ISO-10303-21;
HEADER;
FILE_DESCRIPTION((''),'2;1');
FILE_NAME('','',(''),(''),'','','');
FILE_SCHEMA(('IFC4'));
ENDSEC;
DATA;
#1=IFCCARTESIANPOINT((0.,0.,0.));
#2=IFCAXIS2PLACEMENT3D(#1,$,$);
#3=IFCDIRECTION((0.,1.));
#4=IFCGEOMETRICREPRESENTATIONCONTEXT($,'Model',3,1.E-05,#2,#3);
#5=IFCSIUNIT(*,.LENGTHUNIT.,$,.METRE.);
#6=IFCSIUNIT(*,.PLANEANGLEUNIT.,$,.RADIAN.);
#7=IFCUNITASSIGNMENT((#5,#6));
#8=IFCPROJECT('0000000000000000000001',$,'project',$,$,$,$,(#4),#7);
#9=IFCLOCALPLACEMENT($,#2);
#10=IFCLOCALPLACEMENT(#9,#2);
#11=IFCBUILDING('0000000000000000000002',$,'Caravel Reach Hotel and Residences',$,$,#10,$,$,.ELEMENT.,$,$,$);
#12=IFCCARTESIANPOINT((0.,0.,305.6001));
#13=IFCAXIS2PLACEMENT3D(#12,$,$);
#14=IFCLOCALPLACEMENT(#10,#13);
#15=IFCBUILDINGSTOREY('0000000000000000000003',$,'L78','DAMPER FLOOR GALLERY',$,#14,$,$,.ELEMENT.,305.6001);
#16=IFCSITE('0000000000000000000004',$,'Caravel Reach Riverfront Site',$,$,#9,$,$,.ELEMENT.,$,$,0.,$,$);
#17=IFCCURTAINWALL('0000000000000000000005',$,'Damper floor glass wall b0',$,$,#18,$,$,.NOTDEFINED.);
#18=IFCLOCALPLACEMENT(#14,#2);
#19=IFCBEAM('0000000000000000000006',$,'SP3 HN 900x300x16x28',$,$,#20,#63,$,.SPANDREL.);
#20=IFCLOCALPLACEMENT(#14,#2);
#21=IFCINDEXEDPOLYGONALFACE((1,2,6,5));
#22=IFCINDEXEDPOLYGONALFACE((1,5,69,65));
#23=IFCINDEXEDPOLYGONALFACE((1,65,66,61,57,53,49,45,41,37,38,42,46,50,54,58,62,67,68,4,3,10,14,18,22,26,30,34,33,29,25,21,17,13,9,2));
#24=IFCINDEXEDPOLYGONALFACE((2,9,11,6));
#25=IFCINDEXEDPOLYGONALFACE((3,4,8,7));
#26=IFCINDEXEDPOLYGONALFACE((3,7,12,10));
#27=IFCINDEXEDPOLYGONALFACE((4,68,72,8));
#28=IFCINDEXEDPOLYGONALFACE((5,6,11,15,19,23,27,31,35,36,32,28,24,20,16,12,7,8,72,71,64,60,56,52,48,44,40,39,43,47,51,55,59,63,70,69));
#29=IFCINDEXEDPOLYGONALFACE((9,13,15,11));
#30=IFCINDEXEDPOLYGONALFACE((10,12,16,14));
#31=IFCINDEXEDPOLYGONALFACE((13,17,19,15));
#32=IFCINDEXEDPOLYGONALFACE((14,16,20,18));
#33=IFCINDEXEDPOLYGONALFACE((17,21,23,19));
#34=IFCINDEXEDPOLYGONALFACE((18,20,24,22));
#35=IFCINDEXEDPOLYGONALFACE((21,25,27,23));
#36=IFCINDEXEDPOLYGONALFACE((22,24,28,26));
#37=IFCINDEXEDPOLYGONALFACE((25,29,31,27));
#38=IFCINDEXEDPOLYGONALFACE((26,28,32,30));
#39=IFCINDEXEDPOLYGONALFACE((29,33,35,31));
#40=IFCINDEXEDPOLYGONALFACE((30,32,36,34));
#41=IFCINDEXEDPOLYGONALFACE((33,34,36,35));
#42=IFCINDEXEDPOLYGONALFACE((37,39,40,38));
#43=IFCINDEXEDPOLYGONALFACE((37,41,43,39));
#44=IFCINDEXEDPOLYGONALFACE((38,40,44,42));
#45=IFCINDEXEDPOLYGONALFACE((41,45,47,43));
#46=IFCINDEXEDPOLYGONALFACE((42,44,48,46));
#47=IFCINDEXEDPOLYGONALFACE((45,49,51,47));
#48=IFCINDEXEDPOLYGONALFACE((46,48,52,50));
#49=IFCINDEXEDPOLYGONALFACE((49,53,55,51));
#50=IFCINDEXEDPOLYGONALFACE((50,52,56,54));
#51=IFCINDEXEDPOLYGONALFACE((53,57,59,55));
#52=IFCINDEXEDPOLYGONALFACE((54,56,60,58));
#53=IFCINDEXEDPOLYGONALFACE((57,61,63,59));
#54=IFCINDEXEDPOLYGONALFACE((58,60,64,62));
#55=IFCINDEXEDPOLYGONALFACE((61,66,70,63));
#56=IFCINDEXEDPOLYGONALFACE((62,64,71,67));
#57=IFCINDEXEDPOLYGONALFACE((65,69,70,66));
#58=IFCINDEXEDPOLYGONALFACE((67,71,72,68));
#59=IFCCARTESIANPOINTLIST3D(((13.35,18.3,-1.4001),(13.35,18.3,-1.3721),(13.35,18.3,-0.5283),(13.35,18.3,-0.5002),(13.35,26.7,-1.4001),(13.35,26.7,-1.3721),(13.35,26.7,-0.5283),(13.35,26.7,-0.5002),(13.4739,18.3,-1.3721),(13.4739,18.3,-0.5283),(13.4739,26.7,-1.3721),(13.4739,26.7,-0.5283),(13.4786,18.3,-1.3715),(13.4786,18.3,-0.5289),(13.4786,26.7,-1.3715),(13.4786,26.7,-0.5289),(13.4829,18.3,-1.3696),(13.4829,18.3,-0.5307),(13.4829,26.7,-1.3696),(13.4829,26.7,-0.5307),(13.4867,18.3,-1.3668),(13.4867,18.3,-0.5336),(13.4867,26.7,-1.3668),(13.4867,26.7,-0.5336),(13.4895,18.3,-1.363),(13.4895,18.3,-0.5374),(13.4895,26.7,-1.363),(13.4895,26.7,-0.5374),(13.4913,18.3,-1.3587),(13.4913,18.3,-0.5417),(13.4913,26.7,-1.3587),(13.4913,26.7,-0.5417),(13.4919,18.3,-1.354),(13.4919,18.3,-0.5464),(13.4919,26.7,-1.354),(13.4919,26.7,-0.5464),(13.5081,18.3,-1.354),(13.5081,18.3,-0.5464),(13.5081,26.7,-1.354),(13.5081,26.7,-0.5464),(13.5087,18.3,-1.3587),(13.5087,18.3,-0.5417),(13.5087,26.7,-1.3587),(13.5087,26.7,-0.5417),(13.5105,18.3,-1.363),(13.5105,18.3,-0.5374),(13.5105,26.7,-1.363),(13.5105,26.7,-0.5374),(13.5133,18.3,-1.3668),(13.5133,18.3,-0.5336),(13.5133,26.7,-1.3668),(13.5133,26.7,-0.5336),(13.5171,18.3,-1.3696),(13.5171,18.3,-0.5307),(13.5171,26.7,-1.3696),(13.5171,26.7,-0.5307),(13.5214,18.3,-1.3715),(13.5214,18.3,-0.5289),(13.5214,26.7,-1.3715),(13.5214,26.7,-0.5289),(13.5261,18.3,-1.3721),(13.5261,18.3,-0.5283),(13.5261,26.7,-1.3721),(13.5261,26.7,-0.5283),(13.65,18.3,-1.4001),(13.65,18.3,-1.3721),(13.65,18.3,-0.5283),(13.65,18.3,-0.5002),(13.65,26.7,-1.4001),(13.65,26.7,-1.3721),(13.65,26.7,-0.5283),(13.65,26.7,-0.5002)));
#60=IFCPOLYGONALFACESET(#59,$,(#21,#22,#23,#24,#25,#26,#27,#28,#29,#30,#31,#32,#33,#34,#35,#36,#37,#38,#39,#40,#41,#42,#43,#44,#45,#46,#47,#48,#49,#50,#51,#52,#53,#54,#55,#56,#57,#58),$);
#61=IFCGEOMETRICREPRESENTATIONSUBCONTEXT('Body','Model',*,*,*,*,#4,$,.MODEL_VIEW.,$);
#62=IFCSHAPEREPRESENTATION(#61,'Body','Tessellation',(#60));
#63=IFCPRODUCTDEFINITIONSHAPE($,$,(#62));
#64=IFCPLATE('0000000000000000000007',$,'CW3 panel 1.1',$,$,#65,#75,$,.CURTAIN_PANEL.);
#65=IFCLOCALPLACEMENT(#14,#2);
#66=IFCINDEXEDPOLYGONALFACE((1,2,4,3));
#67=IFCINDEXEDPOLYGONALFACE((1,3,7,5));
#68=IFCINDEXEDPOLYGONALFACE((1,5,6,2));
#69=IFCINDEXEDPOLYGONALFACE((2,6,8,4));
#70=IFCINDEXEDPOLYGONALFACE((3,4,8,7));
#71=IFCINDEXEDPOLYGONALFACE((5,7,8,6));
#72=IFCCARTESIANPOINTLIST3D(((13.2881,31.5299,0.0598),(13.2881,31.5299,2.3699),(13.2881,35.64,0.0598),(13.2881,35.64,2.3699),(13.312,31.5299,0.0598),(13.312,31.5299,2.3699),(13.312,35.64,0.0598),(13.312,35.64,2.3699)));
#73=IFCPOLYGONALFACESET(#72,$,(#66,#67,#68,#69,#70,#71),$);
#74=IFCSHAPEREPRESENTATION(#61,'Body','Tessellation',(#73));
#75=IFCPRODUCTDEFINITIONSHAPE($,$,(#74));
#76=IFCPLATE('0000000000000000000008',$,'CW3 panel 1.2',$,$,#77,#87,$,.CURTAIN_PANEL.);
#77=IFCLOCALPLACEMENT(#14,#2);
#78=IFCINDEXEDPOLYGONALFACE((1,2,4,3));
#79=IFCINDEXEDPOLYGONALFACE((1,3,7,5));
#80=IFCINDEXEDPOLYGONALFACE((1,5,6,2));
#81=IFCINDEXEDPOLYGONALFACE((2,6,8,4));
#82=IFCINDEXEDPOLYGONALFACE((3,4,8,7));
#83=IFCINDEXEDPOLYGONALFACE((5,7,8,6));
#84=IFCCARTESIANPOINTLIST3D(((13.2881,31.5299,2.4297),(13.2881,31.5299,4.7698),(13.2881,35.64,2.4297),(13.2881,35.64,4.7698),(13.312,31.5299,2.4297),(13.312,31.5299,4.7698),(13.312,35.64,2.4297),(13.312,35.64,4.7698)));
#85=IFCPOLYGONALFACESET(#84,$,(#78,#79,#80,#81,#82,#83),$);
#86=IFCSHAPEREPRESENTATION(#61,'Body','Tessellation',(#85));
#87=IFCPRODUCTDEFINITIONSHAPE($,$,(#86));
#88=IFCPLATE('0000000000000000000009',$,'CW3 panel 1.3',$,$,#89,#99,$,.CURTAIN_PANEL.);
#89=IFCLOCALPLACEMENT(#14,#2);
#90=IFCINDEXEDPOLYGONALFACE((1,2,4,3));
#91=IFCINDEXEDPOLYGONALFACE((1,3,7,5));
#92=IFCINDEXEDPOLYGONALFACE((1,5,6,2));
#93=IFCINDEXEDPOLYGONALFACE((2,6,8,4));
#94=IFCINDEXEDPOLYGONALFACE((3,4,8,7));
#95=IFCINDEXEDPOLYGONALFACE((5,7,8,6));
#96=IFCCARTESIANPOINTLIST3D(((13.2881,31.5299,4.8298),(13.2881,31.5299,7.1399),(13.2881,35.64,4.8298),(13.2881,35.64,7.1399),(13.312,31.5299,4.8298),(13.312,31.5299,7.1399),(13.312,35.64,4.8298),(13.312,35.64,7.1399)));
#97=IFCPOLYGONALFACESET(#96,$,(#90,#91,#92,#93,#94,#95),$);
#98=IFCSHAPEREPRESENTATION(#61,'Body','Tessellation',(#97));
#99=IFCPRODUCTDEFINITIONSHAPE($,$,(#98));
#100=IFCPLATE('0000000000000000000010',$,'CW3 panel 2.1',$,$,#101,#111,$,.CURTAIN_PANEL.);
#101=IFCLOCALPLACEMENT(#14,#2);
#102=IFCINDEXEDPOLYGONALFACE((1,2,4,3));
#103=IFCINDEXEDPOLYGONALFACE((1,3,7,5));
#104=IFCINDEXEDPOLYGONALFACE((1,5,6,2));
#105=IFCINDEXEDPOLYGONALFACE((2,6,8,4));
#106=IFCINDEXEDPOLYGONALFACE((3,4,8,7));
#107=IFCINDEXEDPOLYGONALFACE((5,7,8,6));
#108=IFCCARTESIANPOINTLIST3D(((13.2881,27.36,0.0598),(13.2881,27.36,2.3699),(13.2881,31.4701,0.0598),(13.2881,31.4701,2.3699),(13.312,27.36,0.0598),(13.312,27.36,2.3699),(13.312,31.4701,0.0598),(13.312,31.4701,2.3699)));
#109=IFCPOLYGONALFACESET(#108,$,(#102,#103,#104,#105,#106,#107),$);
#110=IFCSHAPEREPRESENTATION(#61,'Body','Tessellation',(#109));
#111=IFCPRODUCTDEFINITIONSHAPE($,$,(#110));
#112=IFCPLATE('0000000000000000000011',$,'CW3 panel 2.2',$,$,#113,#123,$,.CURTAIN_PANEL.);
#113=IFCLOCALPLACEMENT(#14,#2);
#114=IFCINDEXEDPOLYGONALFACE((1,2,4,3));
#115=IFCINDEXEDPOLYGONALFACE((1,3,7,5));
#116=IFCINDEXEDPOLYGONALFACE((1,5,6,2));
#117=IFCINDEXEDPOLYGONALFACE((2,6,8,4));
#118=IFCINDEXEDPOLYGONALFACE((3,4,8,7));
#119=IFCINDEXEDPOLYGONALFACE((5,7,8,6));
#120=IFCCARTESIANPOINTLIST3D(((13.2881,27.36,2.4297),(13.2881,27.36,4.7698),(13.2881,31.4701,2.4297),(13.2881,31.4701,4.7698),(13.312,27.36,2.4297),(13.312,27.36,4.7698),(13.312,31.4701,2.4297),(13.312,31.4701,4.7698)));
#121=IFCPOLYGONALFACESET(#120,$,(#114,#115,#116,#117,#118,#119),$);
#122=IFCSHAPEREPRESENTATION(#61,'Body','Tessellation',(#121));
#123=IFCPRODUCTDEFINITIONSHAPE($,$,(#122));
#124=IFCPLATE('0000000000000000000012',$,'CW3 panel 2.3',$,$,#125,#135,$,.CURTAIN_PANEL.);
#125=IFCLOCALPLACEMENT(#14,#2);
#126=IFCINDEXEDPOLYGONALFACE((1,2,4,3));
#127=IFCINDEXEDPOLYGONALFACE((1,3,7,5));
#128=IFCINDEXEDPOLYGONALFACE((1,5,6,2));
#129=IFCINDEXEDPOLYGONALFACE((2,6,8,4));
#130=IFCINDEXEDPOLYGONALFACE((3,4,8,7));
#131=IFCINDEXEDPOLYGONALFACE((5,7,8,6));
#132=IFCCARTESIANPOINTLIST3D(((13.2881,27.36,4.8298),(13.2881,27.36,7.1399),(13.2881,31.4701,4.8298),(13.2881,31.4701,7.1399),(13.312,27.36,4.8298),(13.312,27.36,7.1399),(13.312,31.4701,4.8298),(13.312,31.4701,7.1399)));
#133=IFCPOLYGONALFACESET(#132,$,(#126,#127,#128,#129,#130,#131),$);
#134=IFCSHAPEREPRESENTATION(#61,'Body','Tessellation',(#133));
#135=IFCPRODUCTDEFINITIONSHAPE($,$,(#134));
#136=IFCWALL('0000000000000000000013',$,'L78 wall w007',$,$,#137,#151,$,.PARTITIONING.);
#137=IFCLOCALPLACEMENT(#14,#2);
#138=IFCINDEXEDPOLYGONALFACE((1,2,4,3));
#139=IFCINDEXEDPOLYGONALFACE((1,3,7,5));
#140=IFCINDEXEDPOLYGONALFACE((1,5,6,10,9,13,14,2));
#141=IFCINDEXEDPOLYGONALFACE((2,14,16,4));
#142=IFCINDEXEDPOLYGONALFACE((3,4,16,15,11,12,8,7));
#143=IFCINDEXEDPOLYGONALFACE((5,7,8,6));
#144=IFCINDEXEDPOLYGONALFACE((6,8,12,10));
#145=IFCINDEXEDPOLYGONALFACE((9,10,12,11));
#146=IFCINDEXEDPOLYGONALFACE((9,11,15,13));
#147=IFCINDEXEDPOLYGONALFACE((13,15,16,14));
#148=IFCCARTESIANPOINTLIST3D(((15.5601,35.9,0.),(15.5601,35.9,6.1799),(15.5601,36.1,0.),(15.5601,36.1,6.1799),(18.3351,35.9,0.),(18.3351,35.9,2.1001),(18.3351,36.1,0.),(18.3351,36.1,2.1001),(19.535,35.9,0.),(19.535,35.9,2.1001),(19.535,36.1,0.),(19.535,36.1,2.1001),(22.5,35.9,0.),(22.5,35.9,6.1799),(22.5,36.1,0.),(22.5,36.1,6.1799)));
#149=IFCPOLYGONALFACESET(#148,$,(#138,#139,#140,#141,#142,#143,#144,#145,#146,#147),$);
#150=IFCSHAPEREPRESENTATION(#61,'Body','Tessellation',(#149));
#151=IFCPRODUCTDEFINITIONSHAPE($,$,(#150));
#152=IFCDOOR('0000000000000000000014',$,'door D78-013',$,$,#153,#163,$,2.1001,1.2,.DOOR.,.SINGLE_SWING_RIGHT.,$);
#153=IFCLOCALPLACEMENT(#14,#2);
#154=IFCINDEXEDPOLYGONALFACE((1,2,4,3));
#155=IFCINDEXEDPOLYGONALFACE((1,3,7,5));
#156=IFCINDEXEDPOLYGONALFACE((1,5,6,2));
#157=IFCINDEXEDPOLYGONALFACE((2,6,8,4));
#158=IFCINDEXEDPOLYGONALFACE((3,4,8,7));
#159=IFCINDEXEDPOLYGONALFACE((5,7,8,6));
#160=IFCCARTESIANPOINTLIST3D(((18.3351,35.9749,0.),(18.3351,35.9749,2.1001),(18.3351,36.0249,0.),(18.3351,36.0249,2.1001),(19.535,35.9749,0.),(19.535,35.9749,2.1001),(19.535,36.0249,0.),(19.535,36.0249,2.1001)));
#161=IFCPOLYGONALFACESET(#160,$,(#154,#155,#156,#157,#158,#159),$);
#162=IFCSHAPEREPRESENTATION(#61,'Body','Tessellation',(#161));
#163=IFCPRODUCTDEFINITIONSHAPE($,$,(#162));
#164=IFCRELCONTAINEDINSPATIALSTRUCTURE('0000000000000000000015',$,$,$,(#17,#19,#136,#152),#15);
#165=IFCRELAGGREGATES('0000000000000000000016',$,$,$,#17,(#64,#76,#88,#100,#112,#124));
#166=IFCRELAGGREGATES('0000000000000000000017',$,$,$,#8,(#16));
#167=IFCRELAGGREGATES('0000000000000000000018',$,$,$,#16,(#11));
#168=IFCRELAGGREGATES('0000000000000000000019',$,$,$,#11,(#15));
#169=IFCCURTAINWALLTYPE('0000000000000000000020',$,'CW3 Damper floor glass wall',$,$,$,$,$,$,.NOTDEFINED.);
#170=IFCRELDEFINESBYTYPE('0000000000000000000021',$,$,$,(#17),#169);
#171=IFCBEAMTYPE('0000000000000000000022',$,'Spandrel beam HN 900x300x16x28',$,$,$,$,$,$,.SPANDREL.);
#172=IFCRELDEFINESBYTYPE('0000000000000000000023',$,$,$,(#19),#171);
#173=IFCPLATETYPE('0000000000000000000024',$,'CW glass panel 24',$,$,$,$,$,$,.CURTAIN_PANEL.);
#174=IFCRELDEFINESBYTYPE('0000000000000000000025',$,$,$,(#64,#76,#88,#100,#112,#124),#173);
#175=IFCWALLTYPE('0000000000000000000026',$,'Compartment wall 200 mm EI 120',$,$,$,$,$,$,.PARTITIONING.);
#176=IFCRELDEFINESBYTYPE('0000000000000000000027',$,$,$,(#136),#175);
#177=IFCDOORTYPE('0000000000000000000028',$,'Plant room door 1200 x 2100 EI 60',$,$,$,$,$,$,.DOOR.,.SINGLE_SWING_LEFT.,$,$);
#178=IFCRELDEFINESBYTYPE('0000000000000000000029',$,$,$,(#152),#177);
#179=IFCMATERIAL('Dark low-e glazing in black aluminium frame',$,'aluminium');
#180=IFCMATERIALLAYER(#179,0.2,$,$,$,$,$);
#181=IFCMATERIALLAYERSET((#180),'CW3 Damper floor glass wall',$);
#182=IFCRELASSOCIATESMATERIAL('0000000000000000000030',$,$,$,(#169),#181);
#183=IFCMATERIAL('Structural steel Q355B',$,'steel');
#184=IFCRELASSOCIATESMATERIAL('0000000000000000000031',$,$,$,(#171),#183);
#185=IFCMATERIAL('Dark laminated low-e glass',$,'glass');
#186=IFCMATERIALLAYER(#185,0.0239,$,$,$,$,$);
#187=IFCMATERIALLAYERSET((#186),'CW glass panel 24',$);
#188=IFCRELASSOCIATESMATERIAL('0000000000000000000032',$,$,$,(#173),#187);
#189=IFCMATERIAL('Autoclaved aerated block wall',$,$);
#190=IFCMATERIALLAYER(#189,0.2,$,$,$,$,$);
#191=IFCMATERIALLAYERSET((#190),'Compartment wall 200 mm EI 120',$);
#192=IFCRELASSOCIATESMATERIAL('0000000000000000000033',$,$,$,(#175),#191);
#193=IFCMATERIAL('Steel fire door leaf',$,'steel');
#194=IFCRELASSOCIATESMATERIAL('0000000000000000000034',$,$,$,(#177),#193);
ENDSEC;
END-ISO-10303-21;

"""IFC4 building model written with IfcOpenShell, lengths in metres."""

from ifc_helpers import new_model, si_unit, direction, frame, frame_2d, origin, origin_2d, place, context, subcontext, project, spatial, rectangle, i_section, extrude, material, layer, layer_set, material_profile, profile_set, type_object, element, fill, aggregate, save


model = new_model("IFC4")

# Units and contexts
model_context = context("Model", 3, precision=1e-05, world=origin(), true_north=direction((0.0, 1.0)))
body_context = subcontext(model_context, "Body", "Model", "MODEL_VIEW")
ifc_project = project(units=[si_unit("LENGTHUNIT", "METRE"), si_unit("PLANEANGLEUNIT", "RADIAN")], contexts=[model_context])

# Site, building, storey
site_placement = place(None, origin())
site = spatial("IfcSite", under=ifc_project, at=site_placement, Name="Caravel Reach Riverfront Site", CompositionType="ELEMENT", RefElevation=0.0)
building_placement = place(site_placement, origin())
building = spatial("IfcBuilding", under=site, at=building_placement, Name="Caravel Reach Hotel and Residences", CompositionType="ELEMENT")
storey_placement = place(building_placement, frame((0.0, 0.0, 305.6001)))
storey = spatial("IfcBuildingStorey", under=building, at=storey_placement, Name="L78", Description="DAMPER FLOOR GALLERY", CompositionType="ELEMENT", Elevation=305.6001)

# Shared definitions
ifc_material_1 = material(Name="Dark low-e glazing in black aluminium frame", Category="aluminium")
ifc_layer_1 = layer(ifc_material_1, 0.2)
ifc_layer_set_1 = layer_set([ifc_layer_1], Name="CW3 Damper floor glass wall")
curtain_wall_type = type_object("IfcCurtainWallType", Name="CW3 Damper floor glass wall", PredefinedType="NOTDEFINED", material=ifc_layer_set_1)

# Curtain wall
curtain_wall_1_placement = place(storey_placement, origin())
curtain_wall_1 = element("IfcCurtainWall", 1, at=curtain_wall_1_placement, inside=storey, type_object=curtain_wall_type, Name="Damper floor glass wall b0", PredefinedType="NOTDEFINED")

# Beam
ifc_material_2 = material(Name="Structural steel Q355B", Category="steel")
ifc_material_profile_1 = material_profile(ifc_material_2, i_section(OverallWidth=0.3, OverallDepth=0.8999, WebThickness=0.0161, FlangeThickness=0.0281, FilletRadius=0.0181, at=origin_2d()), Name="HN 900x300x16x28")
ifc_profile_set_1 = profile_set([ifc_material_profile_1], Name="Structural steel Q355B")
beam_type = type_object("IfcBeamType", Name="Spandrel beam HN 900x300x16x28", PredefinedType="SPANDREL", material=ifc_profile_set_1)
for number, where, z_axis, x_axis, name in (
    (2, (13.5, 26.7, -0.9502), (0.0, -1.0, 0.0), (1.0, 0.0, 0.0), "SP3 HN 900x300x16x28"),
):
    element("IfcBeam", number, at=place(storey_placement, frame(where, z_axis=z_axis, x_axis=x_axis)), inside=storey, type_object=beam_type, Name=name, PredefinedType="SPANDREL", context=body_context, shape_type="SweptSolid", body=[
        extrude(i_section(OverallWidth=0.3, OverallDepth=0.8999, WebThickness=0.0161, FlangeThickness=0.0281, FilletRadius=0.0181, at=origin_2d()), origin(), (0.0, 0.0, 1.0), 8.3999),
    ])

# Plates
ifc_material_3 = material(Name="Dark laminated low-e glass", Category="glass")
ifc_layer_2 = layer(ifc_material_3, 0.0239)
ifc_layer_set_2 = layer_set([ifc_layer_2], Name="CW glass panel 24")
plate_type = type_object("IfcPlateType", Name="CW glass panel 24", PredefinedType="CURTAIN_PANEL", material=ifc_layer_set_2)
plate_1_placement = place(storey_placement, frame((13.3, 33.585, 0.0598), z_axis=(0.0, 0.0, 1.0), x_axis=(0.0, -1.0, 0.0)))
plate_1 = element("IfcPlate", 3, at=plate_1_placement, type_object=plate_type, Name="CW3 panel 1.1", PredefinedType="CURTAIN_PANEL", context=body_context, shape_type="SweptSolid", body=[
    extrude(rectangle(XDim=4.1101, YDim=0.0239, at=origin_2d()), origin(), (0.0, 0.0, 1.0), 2.3101),
])
plate_2_placement = place(storey_placement, frame((13.3, 33.585, 2.4297), z_axis=(0.0, 0.0, 1.0), x_axis=(0.0, -1.0, 0.0)))
plate_2 = element("IfcPlate", 4, at=plate_2_placement, type_object=plate_type, Name="CW3 panel 1.2", PredefinedType="CURTAIN_PANEL", context=body_context, shape_type="SweptSolid", body=[
    extrude(rectangle(XDim=4.1101, YDim=0.0239, at=origin_2d()), origin(), (0.0, 0.0, 1.0), 2.3401),
])
plate_3_placement = place(storey_placement, frame((13.3, 33.585, 4.8298), z_axis=(0.0, 0.0, 1.0), x_axis=(0.0, -1.0, 0.0)))
plate_3 = element("IfcPlate", 5, at=plate_3_placement, type_object=plate_type, Name="CW3 panel 1.3", PredefinedType="CURTAIN_PANEL", context=body_context, shape_type="SweptSolid", body=[
    extrude(rectangle(XDim=4.1101, YDim=0.0239, at=origin_2d()), origin(), (0.0, 0.0, 1.0), 2.3101),
])
plate_4_placement = place(storey_placement, frame((13.3, 29.415, 0.0598), z_axis=(0.0, 0.0, 1.0), x_axis=(0.0, -1.0, 0.0)))
plate_4 = element("IfcPlate", 6, at=plate_4_placement, type_object=plate_type, Name="CW3 panel 2.1", PredefinedType="CURTAIN_PANEL", context=body_context, shape_type="SweptSolid", body=[
    extrude(rectangle(XDim=4.1101, YDim=0.0239, at=origin_2d()), origin(), (0.0, 0.0, 1.0), 2.3101),
])
plate_5_placement = place(storey_placement, frame((13.3, 29.415, 2.4297), z_axis=(0.0, 0.0, 1.0), x_axis=(0.0, -1.0, 0.0)))
plate_5 = element("IfcPlate", 7, at=plate_5_placement, type_object=plate_type, Name="CW3 panel 2.2", PredefinedType="CURTAIN_PANEL", context=body_context, shape_type="SweptSolid", body=[
    extrude(rectangle(XDim=4.1101, YDim=0.0239, at=origin_2d()), origin(), (0.0, 0.0, 1.0), 2.3401),
])
plate_6_placement = place(storey_placement, frame((13.3, 29.415, 4.8298), z_axis=(0.0, 0.0, 1.0), x_axis=(0.0, -1.0, 0.0)))
plate_6 = element("IfcPlate", 8, at=plate_6_placement, type_object=plate_type, Name="CW3 panel 2.3", PredefinedType="CURTAIN_PANEL", context=body_context, shape_type="SweptSolid", body=[
    extrude(rectangle(XDim=4.1101, YDim=0.0239, at=origin_2d()), origin(), (0.0, 0.0, 1.0), 2.3101),
])
aggregate(curtain_wall_1, [plate_1, plate_2, plate_3, plate_4, plate_5, plate_6])

# Wall, opening, door
ifc_material_4 = material(Name="Autoclaved aerated block wall")
ifc_layer_3 = layer(ifc_material_4, 0.2)
ifc_layer_set_3 = layer_set([ifc_layer_3], Name="Compartment wall 200 mm EI 120")
wall_type = type_object("IfcWallType", Name="Compartment wall 200 mm EI 120", PredefinedType="PARTITIONING", material=ifc_layer_set_3)
wall_placement = place(storey_placement, frame((15.5601, 36.0, 0.0), z_axis=(0.0, 0.0, 1.0), x_axis=(1.0, 0.0, 0.0)))
wall = element("IfcWall", 9, at=wall_placement, inside=storey, type_object=wall_type, Name="L78 wall w007", PredefinedType="PARTITIONING", context=body_context, shape_type="SweptSolid", body=[
    extrude(rectangle(XDim=6.9399, YDim=0.2, at=frame_2d((3.47, 0.0))), origin(), (0.0, 0.0, 1.0), 6.1799),
])
opening_placement = place(wall_placement, frame((2.7749, 0.0, 0.0)))
opening = element("IfcOpeningElement", 10, at=opening_placement, cuts=wall, PredefinedType="OPENING", context=body_context, shape_type="SweptSolid", body=[
    extrude(rectangle(XDim=1.2, YDim=2.1001, at=frame_2d((0.6001, 1.05))), frame((0.0, 0.1099, 0.0), z_axis=(0.0, -1.0, 0.0), x_axis=(1.0, 0.0, 0.0)), (0.0, 0.0, 1.0), 0.22),
])
ifc_material_5 = material(Name="Steel fire door leaf", Category="steel")
door_type = type_object("IfcDoorType", Name="Plant room door 1200 x 2100 EI 60", OperationType="SINGLE_SWING_LEFT", PredefinedType="DOOR", material=ifc_material_5)
door_placement = place(opening_placement, origin())
door = element("IfcDoor", 11, at=door_placement, inside=storey, type_object=door_type, Name="door D78-013", OperationType="SINGLE_SWING_RIGHT", OverallHeight=2.1001, OverallWidth=1.2, PredefinedType="DOOR", context=body_context, shape_type="SweptSolid", body=[
    extrude(rectangle(XDim=1.2, YDim=2.1001, at=frame_2d((0.6001, 1.05))), frame((0.0, 0.0249, 0.0), z_axis=(0.0, -1.0, 0.0), x_axis=(1.0, 0.0, 0.0)), (0.0, 0.0, 1.0), 0.05),
])
fill(opening, door)

save(model, "model.ifc")
